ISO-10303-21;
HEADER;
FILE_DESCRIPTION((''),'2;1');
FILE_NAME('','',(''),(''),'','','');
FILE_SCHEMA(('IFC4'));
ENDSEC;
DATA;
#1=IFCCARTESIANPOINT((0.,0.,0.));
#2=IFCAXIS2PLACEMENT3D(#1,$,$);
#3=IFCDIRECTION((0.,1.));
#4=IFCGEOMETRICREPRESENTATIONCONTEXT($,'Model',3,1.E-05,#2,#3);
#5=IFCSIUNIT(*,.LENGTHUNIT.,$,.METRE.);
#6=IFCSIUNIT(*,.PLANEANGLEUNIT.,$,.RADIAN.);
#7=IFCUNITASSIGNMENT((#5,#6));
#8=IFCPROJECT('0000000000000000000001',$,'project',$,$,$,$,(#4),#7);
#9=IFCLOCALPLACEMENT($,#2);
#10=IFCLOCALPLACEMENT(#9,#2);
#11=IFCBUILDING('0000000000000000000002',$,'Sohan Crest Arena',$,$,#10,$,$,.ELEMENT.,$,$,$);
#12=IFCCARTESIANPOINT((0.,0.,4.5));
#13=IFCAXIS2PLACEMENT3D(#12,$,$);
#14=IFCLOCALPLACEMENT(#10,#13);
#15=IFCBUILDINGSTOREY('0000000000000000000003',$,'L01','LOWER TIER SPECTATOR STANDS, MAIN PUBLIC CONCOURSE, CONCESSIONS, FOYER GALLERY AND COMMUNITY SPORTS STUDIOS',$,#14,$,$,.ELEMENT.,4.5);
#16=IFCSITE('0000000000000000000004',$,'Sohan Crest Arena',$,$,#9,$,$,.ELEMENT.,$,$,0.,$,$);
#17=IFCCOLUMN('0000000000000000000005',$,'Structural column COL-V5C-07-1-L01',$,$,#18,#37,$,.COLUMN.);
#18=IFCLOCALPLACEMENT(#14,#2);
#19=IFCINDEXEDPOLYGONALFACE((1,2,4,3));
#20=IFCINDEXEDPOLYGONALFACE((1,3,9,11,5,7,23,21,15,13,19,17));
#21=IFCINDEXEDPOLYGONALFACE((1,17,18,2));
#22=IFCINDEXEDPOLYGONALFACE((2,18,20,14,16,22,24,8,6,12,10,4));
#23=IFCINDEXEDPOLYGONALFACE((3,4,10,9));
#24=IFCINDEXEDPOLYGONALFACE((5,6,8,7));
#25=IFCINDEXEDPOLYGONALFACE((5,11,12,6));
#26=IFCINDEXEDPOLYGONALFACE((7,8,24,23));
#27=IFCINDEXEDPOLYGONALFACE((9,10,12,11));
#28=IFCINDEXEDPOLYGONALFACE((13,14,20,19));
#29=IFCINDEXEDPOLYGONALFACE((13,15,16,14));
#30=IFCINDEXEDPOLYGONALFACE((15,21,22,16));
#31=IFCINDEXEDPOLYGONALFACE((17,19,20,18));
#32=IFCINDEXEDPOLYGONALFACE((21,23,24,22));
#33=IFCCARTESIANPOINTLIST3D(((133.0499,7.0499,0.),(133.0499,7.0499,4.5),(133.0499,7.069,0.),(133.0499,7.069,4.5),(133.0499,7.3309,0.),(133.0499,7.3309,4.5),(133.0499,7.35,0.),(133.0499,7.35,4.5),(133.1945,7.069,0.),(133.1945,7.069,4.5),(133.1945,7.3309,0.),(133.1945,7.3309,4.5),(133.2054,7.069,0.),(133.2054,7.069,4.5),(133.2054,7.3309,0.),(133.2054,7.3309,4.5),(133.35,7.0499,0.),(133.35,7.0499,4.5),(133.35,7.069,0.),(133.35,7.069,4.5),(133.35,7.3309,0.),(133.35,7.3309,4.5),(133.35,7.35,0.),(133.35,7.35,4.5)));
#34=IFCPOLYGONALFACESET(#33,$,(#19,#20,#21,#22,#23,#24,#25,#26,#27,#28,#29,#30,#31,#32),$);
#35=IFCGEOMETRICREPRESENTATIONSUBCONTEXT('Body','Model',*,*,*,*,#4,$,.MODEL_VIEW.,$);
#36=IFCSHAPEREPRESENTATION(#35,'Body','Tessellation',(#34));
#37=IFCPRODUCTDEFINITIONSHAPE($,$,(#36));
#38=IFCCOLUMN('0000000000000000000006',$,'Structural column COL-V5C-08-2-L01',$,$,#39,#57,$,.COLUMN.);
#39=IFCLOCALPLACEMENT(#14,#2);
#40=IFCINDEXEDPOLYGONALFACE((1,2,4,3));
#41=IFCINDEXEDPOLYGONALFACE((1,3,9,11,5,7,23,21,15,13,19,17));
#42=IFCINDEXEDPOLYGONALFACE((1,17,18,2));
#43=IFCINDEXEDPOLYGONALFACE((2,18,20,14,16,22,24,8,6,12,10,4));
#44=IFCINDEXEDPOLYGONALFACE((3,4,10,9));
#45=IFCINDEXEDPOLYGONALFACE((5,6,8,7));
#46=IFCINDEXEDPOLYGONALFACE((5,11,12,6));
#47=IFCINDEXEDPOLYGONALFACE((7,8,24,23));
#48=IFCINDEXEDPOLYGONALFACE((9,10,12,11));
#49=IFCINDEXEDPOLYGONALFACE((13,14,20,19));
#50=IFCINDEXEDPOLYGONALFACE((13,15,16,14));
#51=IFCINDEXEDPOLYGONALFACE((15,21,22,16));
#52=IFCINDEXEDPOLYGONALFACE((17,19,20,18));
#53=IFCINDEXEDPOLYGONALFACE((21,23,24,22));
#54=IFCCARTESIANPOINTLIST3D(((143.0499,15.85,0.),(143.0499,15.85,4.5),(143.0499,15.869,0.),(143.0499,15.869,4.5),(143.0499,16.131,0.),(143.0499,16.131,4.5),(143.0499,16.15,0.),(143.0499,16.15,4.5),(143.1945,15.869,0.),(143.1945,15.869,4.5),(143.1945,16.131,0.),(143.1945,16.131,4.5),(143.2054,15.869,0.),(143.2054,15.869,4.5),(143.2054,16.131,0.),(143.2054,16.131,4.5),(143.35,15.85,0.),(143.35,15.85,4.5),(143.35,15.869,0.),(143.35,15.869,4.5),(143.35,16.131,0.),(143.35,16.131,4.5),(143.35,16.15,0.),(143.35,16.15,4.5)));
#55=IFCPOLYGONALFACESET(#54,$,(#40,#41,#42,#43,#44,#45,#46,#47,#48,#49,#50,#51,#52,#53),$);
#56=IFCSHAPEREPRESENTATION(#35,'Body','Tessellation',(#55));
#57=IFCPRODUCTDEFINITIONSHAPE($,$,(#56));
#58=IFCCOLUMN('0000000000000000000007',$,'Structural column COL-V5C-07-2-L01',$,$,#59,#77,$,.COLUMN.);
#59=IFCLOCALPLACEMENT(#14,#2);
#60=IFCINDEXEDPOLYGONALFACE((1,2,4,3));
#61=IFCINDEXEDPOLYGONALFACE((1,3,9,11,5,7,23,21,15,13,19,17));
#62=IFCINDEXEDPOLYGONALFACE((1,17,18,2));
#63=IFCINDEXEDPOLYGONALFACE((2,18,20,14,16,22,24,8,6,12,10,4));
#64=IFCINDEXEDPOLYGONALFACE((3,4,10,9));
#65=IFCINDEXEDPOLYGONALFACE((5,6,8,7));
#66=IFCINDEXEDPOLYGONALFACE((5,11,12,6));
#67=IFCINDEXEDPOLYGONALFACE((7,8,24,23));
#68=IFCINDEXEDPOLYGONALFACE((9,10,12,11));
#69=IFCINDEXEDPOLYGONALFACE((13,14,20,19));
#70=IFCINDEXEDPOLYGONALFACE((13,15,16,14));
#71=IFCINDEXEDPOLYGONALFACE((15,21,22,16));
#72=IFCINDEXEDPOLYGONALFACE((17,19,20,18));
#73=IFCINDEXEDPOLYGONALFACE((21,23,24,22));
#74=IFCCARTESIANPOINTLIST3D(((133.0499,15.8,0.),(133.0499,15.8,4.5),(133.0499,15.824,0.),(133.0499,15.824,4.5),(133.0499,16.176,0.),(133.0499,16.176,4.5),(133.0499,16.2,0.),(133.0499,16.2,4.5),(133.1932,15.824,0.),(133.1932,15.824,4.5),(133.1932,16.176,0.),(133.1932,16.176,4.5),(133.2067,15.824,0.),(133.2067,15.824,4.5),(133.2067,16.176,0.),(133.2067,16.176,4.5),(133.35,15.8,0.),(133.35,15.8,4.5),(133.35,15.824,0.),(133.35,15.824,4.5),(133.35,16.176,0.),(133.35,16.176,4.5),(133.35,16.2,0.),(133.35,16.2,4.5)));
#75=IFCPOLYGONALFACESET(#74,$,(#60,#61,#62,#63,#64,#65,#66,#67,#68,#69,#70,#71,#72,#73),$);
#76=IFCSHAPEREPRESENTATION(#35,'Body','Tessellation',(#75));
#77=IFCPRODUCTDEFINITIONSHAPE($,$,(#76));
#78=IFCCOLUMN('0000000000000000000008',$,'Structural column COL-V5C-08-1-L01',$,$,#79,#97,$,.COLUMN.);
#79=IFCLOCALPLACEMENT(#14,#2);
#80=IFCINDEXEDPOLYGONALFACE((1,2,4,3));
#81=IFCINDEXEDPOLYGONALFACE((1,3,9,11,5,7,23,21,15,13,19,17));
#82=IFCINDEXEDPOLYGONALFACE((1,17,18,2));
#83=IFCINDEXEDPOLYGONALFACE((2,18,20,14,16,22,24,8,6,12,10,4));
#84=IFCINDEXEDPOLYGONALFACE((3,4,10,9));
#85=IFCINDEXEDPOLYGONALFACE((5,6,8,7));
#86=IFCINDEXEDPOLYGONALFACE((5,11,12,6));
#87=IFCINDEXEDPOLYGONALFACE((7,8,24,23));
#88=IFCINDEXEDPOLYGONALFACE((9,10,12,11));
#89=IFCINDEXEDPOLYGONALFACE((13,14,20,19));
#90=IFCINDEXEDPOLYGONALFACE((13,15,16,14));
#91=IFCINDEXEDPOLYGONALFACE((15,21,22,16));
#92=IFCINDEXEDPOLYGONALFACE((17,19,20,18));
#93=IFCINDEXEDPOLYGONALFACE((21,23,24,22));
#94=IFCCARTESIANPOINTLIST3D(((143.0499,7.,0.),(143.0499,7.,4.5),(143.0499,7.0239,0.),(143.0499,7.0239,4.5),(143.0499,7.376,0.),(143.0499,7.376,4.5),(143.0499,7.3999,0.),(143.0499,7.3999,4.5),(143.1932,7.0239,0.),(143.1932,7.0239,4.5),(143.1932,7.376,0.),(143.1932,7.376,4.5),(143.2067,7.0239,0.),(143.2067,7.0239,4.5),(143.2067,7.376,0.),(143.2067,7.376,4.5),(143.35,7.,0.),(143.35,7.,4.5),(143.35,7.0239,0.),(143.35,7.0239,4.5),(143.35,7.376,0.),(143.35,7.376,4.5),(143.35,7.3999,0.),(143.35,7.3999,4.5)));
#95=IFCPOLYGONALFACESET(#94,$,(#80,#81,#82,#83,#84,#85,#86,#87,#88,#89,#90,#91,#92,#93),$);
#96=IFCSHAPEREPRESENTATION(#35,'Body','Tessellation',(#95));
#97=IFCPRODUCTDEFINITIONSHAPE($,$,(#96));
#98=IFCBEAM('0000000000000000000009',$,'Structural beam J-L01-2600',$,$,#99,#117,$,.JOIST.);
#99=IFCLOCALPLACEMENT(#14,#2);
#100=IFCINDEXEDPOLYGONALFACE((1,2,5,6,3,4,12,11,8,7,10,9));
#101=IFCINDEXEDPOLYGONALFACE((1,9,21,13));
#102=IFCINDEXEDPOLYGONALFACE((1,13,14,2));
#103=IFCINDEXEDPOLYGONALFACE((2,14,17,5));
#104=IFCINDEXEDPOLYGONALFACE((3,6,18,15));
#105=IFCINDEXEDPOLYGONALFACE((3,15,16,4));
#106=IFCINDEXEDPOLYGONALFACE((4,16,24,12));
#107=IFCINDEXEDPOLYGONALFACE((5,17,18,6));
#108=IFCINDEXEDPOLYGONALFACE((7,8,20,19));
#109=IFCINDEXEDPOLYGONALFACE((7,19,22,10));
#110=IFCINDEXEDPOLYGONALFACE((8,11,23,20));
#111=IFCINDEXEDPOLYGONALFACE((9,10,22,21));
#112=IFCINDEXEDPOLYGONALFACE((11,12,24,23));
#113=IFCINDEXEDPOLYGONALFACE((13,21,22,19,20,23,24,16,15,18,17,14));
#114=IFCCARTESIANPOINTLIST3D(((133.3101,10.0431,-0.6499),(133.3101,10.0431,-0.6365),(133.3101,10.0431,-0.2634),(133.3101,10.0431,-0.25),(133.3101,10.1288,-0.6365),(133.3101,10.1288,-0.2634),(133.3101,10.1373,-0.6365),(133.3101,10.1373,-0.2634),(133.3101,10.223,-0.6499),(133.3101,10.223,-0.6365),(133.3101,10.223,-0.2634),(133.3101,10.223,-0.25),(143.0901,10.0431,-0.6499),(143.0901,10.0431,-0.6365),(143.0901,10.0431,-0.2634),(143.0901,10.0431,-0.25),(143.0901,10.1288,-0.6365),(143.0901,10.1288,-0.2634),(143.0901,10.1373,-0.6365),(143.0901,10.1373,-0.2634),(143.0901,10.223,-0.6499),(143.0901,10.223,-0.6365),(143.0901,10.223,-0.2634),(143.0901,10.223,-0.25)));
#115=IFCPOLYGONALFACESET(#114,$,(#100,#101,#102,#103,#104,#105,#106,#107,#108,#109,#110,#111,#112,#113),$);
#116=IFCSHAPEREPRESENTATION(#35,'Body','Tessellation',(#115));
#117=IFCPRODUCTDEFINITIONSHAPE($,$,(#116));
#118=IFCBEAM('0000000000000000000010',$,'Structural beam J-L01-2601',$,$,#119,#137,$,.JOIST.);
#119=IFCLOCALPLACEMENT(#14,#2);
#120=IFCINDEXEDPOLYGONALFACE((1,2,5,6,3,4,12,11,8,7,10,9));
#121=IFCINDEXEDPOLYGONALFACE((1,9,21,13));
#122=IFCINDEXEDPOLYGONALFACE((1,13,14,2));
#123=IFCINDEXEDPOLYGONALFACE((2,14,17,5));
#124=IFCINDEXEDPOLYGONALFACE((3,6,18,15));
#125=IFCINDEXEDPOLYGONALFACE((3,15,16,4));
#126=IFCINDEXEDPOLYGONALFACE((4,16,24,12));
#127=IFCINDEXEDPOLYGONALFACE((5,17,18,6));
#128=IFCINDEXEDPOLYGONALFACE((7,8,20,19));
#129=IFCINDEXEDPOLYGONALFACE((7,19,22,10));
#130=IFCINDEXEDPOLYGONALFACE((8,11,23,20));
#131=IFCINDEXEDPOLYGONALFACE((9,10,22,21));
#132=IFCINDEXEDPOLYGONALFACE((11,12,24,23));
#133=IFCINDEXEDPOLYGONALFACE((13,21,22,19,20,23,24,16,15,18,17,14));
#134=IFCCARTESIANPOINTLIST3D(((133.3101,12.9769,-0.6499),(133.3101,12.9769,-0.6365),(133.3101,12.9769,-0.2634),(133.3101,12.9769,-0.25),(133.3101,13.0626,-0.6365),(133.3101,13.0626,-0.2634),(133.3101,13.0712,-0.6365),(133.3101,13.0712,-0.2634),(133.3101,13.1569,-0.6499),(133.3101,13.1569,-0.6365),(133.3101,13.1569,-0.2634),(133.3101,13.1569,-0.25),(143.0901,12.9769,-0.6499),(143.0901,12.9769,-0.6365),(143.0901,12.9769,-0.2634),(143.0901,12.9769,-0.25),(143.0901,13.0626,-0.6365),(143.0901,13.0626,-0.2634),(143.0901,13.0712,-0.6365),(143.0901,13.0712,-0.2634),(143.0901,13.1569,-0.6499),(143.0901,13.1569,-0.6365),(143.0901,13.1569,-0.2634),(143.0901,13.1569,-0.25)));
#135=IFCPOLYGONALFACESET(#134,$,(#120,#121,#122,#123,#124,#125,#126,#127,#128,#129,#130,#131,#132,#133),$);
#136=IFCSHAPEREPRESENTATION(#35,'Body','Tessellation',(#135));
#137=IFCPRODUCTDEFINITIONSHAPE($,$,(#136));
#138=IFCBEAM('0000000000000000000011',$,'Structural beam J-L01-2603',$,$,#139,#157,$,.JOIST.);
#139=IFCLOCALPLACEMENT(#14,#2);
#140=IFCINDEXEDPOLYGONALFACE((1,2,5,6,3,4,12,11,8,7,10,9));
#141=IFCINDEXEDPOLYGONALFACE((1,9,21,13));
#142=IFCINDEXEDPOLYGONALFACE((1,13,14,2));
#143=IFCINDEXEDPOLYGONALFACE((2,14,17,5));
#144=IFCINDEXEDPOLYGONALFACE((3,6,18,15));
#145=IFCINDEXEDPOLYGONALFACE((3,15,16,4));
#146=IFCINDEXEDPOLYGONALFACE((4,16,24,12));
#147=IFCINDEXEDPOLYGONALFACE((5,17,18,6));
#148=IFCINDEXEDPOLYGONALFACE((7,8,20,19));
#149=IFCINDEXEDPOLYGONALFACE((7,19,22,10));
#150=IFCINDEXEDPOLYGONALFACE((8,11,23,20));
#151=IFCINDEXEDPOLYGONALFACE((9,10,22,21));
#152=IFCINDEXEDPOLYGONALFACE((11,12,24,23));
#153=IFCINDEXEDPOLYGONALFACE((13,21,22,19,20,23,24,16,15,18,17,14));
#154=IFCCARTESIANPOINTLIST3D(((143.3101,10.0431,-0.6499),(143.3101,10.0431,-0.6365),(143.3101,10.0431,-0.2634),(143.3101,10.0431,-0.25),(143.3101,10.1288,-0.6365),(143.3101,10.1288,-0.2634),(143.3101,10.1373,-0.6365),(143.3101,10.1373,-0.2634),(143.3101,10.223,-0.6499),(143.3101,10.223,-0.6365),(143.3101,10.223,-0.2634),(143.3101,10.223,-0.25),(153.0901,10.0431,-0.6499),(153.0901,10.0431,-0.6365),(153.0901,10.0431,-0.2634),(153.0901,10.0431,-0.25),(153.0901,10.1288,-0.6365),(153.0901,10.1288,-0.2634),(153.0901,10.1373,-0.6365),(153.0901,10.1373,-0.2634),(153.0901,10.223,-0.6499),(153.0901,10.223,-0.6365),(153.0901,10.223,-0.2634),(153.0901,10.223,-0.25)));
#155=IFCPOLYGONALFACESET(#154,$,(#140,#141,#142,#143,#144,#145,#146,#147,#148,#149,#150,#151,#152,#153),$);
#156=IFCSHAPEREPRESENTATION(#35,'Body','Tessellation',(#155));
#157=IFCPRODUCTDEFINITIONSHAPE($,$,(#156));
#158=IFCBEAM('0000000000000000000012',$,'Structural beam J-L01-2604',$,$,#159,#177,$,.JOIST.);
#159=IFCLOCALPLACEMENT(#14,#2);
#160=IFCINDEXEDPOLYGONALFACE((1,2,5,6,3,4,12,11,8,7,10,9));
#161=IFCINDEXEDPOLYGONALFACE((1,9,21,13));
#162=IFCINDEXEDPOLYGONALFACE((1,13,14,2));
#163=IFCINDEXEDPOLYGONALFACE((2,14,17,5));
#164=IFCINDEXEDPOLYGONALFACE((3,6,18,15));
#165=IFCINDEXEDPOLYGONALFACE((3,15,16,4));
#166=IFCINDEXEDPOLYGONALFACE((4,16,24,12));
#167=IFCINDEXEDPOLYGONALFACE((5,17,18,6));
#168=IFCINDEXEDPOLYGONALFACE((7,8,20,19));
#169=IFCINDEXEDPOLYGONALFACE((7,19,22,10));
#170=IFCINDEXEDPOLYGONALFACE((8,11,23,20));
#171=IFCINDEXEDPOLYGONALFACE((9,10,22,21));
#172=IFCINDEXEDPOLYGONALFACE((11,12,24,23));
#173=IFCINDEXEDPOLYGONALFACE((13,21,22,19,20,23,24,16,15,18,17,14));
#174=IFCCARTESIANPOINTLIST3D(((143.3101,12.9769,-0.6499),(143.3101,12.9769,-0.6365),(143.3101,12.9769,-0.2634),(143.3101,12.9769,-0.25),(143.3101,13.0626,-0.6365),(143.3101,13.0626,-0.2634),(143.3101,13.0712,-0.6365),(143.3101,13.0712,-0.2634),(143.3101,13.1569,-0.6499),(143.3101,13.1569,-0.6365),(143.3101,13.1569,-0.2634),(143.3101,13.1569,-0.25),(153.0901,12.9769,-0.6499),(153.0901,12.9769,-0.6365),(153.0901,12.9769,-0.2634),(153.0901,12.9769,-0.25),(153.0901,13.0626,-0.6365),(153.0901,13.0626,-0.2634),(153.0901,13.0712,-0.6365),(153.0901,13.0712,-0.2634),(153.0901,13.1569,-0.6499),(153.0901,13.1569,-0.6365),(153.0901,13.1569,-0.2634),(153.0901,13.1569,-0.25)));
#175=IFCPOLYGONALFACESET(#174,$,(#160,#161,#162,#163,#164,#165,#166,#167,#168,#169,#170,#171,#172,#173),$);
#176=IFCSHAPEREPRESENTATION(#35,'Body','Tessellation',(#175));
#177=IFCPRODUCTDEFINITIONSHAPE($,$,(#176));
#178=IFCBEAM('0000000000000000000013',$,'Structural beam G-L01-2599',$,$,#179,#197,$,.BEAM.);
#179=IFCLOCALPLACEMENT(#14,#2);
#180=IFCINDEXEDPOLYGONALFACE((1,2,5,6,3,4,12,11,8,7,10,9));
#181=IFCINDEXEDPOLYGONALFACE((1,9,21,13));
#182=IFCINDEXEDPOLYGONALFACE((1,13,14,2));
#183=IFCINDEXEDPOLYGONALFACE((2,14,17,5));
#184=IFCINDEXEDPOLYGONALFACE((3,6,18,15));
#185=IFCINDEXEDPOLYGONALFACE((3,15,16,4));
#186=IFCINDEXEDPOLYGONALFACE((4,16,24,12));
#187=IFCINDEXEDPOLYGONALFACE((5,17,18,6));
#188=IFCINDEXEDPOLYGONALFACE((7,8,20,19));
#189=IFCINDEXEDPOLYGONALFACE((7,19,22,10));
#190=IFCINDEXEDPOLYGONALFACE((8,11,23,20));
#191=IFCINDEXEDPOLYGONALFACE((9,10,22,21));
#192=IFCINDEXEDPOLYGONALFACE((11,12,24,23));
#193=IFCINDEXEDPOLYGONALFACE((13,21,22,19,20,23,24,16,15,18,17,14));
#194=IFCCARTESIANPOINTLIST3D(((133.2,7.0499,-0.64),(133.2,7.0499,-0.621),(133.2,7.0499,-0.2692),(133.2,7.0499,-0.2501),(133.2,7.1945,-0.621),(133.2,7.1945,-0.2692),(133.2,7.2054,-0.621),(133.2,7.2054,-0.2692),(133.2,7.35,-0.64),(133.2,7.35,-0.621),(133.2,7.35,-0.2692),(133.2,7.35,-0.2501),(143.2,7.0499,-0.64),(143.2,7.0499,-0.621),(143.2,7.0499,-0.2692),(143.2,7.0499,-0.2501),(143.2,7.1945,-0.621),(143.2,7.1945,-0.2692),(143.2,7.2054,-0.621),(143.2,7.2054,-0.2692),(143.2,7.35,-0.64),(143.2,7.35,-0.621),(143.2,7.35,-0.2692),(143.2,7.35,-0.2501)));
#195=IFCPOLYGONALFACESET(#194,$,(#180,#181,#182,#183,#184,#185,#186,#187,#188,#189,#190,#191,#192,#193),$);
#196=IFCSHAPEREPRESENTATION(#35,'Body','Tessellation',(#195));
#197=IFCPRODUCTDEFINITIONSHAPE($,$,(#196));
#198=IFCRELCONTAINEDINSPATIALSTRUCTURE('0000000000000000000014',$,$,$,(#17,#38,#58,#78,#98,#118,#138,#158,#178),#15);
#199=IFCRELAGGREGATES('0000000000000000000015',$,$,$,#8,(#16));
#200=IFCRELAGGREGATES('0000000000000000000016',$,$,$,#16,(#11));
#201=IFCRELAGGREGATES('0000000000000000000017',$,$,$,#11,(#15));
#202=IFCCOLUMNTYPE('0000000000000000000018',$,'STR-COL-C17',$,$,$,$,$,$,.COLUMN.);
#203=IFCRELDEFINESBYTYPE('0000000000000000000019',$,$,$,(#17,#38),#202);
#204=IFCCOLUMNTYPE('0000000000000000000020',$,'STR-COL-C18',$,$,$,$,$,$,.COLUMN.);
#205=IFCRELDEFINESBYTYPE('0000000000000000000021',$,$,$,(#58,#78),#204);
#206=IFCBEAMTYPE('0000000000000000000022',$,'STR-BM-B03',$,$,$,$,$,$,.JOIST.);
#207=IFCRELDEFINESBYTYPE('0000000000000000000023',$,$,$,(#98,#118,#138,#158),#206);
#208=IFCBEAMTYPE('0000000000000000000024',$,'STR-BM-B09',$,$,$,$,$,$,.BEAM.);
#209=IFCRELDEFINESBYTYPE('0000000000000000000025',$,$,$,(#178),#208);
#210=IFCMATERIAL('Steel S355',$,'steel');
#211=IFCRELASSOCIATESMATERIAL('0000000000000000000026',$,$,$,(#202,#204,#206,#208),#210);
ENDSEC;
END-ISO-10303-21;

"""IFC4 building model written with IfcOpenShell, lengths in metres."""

from ifc_helpers import new_model, si_unit, direction, frame, origin, origin_2d, place, context, subcontext, project, spatial, i_section, extrude, material, material_profile, profile_set, type_object, element, save


model = new_model("IFC4")

# Units and contexts
model_context = context("Model", 3, precision=1e-05, world=origin(), true_north=direction((0.0, 1.0)))
body_context = subcontext(model_context, "Body", "Model", "MODEL_VIEW")
ifc_project = project(units=[si_unit("LENGTHUNIT", "METRE"), si_unit("PLANEANGLEUNIT", "RADIAN")], contexts=[model_context])

# Site, building, storey
site_placement = place(None, origin())
site = spatial("IfcSite", under=ifc_project, at=site_placement, Name="Sohan Crest Arena", CompositionType="ELEMENT", RefElevation=0.0)
building_placement = place(site_placement, origin())
building = spatial("IfcBuilding", under=site, at=building_placement, Name="Sohan Crest Arena", CompositionType="ELEMENT")
storey_placement = place(building_placement, frame((0.0, 0.0, 4.5)))
storey = spatial("IfcBuildingStorey", under=building, at=storey_placement, Name="L01", Description="LOWER TIER SPECTATOR STANDS, MAIN PUBLIC CONCOURSE, CONCESSIONS, FOYER GALLERY AND COMMUNITY SPORTS STUDIOS", CompositionType="ELEMENT", Elevation=4.5)

# Columns
ifc_material_1 = material(Name="Steel S355", Category="steel")
ifc_material_profile_1 = material_profile(ifc_material_1, i_section(OverallWidth=0.3, OverallDepth=0.3, WebThickness=0.011, FlangeThickness=0.019, at=origin_2d()), Name="HEB 300")
ifc_profile_set_1 = profile_set([ifc_material_profile_1], Name="Steel S355")
column_type_1 = type_object("IfcColumnType", Name="STR-COL-C17", PredefinedType="COLUMN", material=ifc_profile_set_1)
for number, where, z_axis, x_axis, name in (
    (1, (133.2, 7.2, 0.0), (0.0, 0.0, 1.0), (1.0, 0.0, 0.0), "Structural column COL-V5C-07-1-L01"),
    (2, (143.2, 16.0, 0.0), (0.0, 0.0, 1.0), (1.0, 0.0, 0.0), "Structural column COL-V5C-08-2-L01"),
):
    element("IfcColumn", number, at=place(storey_placement, frame(where, z_axis=z_axis, x_axis=x_axis)), inside=storey, type_object=column_type_1, Name=name, PredefinedType="COLUMN", context=body_context, shape_type="SweptSolid", body=[
        extrude(i_section(OverallWidth=0.3, OverallDepth=0.3, WebThickness=0.011, FlangeThickness=0.019, at=origin_2d()), origin(), (0.0, 0.0, 1.0), 4.5),
    ])
ifc_material_profile_2 = material_profile(ifc_material_1, i_section(OverallWidth=0.3, OverallDepth=0.3999, WebThickness=0.0134, FlangeThickness=0.0239, at=origin_2d()), Name="HEB 400")
ifc_profile_set_2 = profile_set([ifc_material_profile_2], Name="Steel S355")
column_type_2 = type_object("IfcColumnType", Name="STR-COL-C18", PredefinedType="COLUMN", material=ifc_profile_set_2)
for number, where, z_axis, x_axis, name in (
    (3, (133.2, 16.0, 0.0), (0.0, 0.0, 1.0), (1.0, 0.0, 0.0), "Structural column COL-V5C-07-2-L01"),
    (4, (143.2, 7.2, 0.0), (0.0, 0.0, 1.0), (1.0, 0.0, 0.0), "Structural column COL-V5C-08-1-L01"),
):
    element("IfcColumn", number, at=place(storey_placement, frame(where, z_axis=z_axis, x_axis=x_axis)), inside=storey, type_object=column_type_2, Name=name, PredefinedType="COLUMN", context=body_context, shape_type="SweptSolid", body=[
        extrude(i_section(OverallWidth=0.3, OverallDepth=0.3999, WebThickness=0.0134, FlangeThickness=0.0239, at=origin_2d()), origin(), (0.0, 0.0, 1.0), 4.5),
    ])

# Beams
ifc_material_profile_3 = material_profile(ifc_material_1, i_section(OverallWidth=0.1799, OverallDepth=0.3999, WebThickness=0.0085, FlangeThickness=0.0134, at=origin_2d()), Name="IPE 400")
ifc_profile_set_3 = profile_set([ifc_material_profile_3], Name="Steel S355")
beam_type_1 = type_object("IfcBeamType", Name="STR-BM-B03", PredefinedType="JOIST", material=ifc_profile_set_3)
for number, where, z_axis, x_axis, name in (
    (5, (133.3101, 10.1331, -0.45), (1.0, 0.0, 0.0), (0.0, 1.0, 0.0), "Structural beam J-L01-2600"),
    (6, (133.3101, 13.0669, -0.45), (1.0, 0.0, 0.0), (0.0, 1.0, 0.0), "Structural beam J-L01-2601"),
    (7, (143.3101, 10.1331, -0.45), (1.0, 0.0, 0.0), (0.0, 1.0, 0.0), "Structural beam J-L01-2603"),
    (8, (143.3101, 13.0669, -0.45), (1.0, 0.0, 0.0), (0.0, 1.0, 0.0), "Structural beam J-L01-2604"),
):
    element("IfcBeam", number, at=place(storey_placement, frame(where, z_axis=z_axis, x_axis=x_axis)), inside=storey, type_object=beam_type_1, Name=name, PredefinedType="JOIST", context=body_context, shape_type="SweptSolid", body=[
        extrude(i_section(OverallWidth=0.1799, OverallDepth=0.3999, WebThickness=0.0085, FlangeThickness=0.0134, at=origin_2d()), origin(), (0.0, 0.0, 1.0), 9.78),
    ])
ifc_material_profile_4 = material_profile(ifc_material_1, i_section(OverallWidth=0.3, OverallDepth=0.3899, WebThickness=0.011, FlangeThickness=0.019, at=origin_2d()), Name="HEA 400")
ifc_profile_set_4 = profile_set([ifc_material_profile_4], Name="Steel S355")
beam_type_2 = type_object("IfcBeamType", Name="STR-BM-B09", PredefinedType="BEAM", material=ifc_profile_set_4)
for number, where, z_axis, x_axis, name in (
    (9, (133.2, 7.2, -0.4451), (1.0, 0.0, 0.0), (0.0, 1.0, 0.0), "Structural beam G-L01-2599"),
):
    element("IfcBeam", number, at=place(storey_placement, frame(where, z_axis=z_axis, x_axis=x_axis)), inside=storey, type_object=beam_type_2, Name=name, PredefinedType="BEAM", context=body_context, shape_type="SweptSolid", body=[
        extrude(i_section(OverallWidth=0.3, OverallDepth=0.3899, WebThickness=0.011, FlangeThickness=0.019, at=origin_2d()), origin(), (0.0, 0.0, 1.0), 10.0),
    ])

save(model, "model.ifc")
